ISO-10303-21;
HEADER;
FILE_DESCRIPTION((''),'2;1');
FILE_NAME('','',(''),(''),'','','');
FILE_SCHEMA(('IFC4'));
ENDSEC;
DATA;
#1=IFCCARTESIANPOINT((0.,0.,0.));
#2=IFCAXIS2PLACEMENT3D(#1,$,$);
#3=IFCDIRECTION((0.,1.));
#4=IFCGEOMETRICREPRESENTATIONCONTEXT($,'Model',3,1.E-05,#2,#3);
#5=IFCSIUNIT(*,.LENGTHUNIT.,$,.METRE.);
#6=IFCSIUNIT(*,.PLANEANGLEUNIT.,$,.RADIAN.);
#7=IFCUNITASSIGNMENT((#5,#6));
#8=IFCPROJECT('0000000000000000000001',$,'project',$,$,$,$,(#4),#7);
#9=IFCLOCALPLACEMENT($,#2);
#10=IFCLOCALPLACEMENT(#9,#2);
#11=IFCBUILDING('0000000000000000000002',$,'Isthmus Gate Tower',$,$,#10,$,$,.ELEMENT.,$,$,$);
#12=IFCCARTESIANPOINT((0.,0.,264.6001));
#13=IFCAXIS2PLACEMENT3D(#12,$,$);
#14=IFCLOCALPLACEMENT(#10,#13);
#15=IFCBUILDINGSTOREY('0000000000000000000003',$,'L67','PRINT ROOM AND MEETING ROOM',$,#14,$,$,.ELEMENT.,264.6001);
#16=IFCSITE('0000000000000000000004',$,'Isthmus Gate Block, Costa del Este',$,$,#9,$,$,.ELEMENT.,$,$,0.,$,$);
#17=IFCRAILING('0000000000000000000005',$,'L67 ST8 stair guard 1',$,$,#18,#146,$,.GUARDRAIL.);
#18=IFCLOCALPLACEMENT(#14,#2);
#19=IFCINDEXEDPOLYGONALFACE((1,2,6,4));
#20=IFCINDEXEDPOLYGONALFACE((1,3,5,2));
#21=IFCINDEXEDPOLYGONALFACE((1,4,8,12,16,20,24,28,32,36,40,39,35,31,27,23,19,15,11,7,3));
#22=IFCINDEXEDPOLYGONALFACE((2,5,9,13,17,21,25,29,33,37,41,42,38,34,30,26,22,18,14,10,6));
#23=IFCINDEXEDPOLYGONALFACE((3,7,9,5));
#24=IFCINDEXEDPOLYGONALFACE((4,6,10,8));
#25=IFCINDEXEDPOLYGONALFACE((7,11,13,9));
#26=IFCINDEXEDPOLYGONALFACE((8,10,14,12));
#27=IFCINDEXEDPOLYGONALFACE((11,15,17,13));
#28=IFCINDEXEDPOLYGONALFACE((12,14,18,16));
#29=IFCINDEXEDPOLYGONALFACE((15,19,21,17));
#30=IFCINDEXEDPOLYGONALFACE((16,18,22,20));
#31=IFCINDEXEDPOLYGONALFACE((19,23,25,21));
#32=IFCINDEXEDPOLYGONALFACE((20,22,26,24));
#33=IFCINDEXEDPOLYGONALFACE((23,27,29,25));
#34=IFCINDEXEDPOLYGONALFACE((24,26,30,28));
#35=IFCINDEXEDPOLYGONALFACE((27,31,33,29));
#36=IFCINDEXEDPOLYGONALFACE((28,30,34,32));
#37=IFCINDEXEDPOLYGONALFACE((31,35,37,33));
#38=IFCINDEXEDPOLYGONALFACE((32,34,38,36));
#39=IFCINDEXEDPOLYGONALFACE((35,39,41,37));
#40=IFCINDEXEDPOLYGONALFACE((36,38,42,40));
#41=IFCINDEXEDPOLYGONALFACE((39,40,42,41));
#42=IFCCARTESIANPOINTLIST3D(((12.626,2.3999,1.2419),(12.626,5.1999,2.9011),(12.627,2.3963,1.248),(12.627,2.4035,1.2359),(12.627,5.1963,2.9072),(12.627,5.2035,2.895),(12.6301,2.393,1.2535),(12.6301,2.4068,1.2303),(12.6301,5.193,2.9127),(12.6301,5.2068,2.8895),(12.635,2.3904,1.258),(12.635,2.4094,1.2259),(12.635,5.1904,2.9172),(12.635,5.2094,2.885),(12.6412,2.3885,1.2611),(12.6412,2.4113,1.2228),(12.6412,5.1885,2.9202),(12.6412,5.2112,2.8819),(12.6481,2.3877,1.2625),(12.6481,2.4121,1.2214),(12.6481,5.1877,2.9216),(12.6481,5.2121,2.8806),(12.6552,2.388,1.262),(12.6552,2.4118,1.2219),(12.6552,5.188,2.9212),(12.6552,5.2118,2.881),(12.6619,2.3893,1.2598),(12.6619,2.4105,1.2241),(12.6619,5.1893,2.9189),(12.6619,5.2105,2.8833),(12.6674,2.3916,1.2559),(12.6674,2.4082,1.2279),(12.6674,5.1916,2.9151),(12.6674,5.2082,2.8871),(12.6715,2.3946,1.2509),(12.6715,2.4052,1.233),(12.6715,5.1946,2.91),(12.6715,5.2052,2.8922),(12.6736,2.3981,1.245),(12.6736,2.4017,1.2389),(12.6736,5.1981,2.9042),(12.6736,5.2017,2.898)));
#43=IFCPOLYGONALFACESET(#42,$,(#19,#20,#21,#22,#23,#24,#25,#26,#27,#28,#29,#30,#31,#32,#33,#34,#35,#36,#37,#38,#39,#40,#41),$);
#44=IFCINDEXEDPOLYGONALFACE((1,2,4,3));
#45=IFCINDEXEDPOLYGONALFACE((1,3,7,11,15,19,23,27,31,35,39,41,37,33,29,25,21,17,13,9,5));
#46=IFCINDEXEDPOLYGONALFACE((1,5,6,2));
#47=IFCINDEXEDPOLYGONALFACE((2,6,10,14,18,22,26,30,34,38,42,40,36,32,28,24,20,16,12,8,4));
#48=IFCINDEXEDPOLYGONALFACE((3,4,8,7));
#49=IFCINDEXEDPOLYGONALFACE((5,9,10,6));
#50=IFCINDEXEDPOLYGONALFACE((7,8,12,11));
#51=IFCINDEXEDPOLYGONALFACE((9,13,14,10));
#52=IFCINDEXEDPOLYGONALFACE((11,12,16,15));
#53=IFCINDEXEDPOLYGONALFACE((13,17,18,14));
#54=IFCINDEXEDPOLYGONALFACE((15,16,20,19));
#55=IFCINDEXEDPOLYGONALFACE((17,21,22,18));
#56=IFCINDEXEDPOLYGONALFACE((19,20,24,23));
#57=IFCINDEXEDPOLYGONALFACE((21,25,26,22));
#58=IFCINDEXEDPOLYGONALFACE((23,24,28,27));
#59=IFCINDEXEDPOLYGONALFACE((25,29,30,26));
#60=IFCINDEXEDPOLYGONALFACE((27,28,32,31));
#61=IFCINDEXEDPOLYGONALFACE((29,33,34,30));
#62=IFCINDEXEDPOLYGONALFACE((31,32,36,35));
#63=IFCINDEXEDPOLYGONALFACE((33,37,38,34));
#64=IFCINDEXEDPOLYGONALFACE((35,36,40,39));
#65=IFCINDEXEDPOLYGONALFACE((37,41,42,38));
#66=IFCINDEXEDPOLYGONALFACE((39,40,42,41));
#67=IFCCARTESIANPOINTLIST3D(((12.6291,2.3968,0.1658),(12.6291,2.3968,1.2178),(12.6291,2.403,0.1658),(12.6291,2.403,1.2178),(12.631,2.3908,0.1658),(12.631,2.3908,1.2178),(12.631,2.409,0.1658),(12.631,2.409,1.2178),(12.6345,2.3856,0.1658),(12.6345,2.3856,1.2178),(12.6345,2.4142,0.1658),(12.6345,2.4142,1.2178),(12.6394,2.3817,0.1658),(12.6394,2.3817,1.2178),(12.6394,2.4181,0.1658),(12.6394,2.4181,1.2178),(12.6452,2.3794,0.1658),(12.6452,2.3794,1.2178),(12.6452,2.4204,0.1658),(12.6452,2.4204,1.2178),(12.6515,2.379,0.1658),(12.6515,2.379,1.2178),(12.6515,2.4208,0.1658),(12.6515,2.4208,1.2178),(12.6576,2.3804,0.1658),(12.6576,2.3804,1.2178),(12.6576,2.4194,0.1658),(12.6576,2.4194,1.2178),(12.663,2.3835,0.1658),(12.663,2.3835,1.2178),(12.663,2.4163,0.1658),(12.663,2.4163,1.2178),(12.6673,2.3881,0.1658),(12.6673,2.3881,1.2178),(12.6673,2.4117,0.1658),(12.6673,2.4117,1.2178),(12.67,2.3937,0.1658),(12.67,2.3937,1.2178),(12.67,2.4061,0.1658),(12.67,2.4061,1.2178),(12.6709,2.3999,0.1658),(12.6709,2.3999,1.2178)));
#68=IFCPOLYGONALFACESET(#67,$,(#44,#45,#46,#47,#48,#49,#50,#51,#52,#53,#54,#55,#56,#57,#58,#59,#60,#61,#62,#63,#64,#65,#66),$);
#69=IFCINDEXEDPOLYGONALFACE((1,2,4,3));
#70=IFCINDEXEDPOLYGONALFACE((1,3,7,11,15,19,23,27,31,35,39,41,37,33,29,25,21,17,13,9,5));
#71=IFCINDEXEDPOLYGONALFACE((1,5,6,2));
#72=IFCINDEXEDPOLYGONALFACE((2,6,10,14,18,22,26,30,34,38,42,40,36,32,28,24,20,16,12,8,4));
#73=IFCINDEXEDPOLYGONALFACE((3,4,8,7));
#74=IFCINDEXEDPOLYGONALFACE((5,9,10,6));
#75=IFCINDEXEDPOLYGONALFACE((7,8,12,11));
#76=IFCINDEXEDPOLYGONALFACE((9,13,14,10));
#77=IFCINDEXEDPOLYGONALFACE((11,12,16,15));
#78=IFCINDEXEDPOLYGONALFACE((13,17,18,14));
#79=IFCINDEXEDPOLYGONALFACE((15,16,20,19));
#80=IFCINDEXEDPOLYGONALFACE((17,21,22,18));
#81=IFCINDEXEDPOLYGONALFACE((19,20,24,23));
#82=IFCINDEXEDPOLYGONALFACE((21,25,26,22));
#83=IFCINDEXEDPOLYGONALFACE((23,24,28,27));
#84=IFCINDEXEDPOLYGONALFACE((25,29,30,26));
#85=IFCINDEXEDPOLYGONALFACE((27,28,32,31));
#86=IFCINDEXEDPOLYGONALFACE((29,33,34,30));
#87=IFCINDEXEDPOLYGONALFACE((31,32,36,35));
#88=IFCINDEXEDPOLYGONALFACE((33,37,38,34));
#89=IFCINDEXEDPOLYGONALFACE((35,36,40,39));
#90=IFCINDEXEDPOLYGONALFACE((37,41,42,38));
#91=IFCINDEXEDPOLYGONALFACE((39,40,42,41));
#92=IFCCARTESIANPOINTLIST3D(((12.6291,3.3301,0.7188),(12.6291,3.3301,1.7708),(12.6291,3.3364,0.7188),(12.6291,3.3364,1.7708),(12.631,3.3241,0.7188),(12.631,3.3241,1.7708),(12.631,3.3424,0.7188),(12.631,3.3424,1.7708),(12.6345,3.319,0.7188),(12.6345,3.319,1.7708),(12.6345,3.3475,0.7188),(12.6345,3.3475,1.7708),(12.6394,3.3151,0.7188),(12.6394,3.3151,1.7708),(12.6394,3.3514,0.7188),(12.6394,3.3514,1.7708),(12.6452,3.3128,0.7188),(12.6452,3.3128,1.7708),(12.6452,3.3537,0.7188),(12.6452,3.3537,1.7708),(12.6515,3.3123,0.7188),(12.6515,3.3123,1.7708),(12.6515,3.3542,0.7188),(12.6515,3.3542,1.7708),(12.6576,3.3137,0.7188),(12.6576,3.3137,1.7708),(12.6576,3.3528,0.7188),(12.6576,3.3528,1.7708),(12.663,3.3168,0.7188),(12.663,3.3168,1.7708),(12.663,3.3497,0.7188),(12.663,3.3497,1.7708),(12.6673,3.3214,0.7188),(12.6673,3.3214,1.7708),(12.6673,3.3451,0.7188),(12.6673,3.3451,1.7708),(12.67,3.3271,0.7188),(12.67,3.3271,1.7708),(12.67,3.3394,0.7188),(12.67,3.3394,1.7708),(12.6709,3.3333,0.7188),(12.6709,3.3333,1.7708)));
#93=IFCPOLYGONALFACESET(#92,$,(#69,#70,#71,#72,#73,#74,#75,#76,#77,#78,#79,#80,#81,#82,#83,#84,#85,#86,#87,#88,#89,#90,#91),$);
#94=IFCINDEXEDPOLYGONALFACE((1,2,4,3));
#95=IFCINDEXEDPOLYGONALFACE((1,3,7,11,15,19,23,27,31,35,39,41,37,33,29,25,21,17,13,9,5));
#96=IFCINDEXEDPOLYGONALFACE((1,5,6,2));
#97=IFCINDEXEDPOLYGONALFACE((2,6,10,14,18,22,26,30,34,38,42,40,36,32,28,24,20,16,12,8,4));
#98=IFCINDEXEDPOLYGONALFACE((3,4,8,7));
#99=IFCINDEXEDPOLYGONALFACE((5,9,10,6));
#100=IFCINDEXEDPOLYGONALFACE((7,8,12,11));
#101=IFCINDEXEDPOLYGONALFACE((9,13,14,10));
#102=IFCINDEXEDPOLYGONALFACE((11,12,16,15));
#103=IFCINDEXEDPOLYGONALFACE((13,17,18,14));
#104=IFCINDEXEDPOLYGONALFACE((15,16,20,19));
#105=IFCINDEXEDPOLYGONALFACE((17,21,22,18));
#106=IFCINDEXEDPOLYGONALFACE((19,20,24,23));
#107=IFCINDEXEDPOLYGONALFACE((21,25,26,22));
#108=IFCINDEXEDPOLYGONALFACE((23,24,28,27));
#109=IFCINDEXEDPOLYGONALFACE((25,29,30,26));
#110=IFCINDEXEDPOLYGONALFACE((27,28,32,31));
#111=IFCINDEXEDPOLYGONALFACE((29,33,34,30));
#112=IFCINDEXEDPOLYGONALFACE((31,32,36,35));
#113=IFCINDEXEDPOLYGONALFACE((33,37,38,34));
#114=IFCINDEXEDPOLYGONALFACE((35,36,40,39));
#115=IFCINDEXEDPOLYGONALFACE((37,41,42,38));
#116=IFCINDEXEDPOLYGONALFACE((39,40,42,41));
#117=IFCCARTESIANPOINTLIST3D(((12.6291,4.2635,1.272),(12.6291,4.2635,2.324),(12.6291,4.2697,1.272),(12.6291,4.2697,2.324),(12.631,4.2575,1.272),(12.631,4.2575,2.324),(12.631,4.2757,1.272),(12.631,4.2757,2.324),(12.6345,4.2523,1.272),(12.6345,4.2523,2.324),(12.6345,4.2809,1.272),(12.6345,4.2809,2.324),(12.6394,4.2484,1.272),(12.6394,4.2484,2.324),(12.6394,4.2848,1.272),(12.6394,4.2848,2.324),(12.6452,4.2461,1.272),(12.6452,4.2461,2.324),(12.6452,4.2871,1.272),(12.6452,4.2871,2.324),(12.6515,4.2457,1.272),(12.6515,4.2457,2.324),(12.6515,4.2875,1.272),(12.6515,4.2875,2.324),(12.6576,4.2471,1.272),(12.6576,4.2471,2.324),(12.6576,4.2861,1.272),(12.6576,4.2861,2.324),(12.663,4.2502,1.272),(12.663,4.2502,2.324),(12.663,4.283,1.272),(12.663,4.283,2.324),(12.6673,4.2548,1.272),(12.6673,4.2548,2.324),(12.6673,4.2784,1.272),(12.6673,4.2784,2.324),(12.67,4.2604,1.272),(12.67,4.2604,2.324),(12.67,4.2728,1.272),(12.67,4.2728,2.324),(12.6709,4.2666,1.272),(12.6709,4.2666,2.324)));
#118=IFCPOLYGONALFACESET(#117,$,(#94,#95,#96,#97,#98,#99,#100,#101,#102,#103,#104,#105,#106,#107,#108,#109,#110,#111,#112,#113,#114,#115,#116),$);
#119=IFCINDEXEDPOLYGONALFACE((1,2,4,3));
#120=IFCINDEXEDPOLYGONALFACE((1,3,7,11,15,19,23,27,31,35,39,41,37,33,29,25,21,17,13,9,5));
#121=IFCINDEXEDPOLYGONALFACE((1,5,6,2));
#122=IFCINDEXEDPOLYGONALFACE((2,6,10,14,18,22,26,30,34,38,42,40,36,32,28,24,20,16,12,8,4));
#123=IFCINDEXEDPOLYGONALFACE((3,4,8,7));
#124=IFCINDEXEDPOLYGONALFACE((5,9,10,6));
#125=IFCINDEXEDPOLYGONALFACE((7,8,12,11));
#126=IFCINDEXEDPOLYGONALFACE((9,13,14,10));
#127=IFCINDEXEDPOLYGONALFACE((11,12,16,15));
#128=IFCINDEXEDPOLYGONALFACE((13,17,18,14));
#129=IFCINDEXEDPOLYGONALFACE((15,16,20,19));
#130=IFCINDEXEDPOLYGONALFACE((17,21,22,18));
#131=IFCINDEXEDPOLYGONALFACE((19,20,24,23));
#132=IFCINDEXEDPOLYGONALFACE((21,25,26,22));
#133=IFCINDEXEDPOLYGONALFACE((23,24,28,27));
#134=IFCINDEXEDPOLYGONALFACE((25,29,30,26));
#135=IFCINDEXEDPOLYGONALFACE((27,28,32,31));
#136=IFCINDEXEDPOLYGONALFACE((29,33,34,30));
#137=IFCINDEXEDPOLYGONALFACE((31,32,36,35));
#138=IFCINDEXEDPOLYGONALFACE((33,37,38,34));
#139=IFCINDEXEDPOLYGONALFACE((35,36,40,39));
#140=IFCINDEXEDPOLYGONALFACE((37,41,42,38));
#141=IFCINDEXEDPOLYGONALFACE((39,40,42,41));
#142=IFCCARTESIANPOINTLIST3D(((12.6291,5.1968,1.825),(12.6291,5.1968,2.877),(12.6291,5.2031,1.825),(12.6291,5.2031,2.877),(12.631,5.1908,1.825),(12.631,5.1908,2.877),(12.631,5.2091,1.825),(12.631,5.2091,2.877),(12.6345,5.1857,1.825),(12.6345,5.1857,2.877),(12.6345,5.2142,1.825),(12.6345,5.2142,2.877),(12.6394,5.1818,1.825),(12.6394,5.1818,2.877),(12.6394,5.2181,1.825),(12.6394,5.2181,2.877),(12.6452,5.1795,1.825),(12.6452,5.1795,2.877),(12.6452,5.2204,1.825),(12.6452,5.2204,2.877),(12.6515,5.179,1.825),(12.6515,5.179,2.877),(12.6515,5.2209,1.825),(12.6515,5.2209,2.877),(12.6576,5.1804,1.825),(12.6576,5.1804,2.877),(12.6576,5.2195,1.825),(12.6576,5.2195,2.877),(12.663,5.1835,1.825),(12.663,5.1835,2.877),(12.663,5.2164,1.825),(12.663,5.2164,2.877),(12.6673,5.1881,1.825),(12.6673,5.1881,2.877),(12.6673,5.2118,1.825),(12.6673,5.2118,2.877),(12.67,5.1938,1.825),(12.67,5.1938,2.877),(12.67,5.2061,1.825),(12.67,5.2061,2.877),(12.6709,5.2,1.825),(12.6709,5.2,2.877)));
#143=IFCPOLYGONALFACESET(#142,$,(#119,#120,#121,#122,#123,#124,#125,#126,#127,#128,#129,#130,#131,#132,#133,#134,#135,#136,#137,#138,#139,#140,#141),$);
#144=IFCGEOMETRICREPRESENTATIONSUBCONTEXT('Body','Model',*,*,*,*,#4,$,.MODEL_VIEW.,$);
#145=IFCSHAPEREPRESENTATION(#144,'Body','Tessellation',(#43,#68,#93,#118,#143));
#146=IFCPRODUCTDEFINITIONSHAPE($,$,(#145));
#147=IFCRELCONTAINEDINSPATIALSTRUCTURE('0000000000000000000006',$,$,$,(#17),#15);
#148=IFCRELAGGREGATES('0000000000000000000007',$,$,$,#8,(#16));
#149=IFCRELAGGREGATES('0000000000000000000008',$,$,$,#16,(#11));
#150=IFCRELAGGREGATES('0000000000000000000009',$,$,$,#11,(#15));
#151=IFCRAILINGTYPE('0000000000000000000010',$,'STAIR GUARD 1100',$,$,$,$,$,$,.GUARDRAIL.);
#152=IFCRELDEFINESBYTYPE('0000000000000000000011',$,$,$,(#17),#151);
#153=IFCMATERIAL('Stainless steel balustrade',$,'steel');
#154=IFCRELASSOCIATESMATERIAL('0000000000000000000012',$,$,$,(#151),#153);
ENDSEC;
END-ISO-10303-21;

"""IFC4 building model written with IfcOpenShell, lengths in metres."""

from ifc_helpers import new_model, si_unit, direction, frame, origin, origin_2d, place, context, subcontext, project, spatial, circle, extrude, material, type_object, element, save


model = new_model("IFC4")

# Units and contexts
model_context = context("Model", 3, precision=1e-05, world=origin(), true_north=direction((0.0, 1.0)))
body_context = subcontext(model_context, "Body", "Model", "MODEL_VIEW")
ifc_project = project(units=[si_unit("LENGTHUNIT", "METRE"), si_unit("PLANEANGLEUNIT", "RADIAN")], contexts=[model_context])

# Site, building, storey
site_placement = place(None, origin())
site = spatial("IfcSite", under=ifc_project, at=site_placement, Name="Isthmus Gate Block, Costa del Este", CompositionType="ELEMENT", RefElevation=0.0)
building_placement = place(site_placement, origin())
building = spatial("IfcBuilding", under=site, at=building_placement, Name="Isthmus Gate Tower", CompositionType="ELEMENT")
storey_placement = place(building_placement, frame((0.0, 0.0, 264.6001)))
storey = spatial("IfcBuildingStorey", under=building, at=storey_placement, Name="L67", Description="PRINT ROOM AND MEETING ROOM", CompositionType="ELEMENT", Elevation=264.6001)

# Railing
ifc_material_1 = material(Name="Stainless steel balustrade", Category="steel")
railing_type_1 = type_object("IfcRailingType", Name="STAIR GUARD 1100", PredefinedType="GUARDRAIL", material=ifc_material_1)
railing_1_placement = place(storey_placement, frame((12.6499, 2.3999, 0.1658)))
element("IfcRailing", 1, at=railing_1_placement, inside=storey, type_object=railing_type_1, Name="L67 ST8 stair guard 1", PredefinedType="GUARDRAIL", context=body_context, shape_type="SweptSolid", body=[
    extrude(circle(Radius=0.0239, at=origin_2d()), frame((0.0, 0.0, 1.0762), z_axis=(0.0, 0.860306, 0.509778), x_axis=(-1.0, 0.0, 0.0)), (0.0, 0.0, 1.0), 3.2546),
    extrude(circle(Radius=0.021, at=origin_2d()), origin(), (0.0, 0.0, 1.0), 1.052),
    extrude(circle(Radius=0.021, at=origin_2d()), frame((0.0, 0.9333, 0.553)), (0.0, 0.0, 1.0), 1.052),
    extrude(circle(Radius=0.021, at=origin_2d()), frame((0.0, 1.8667, 1.1062)), (0.0, 0.0, 1.0), 1.052),
    extrude(circle(Radius=0.021, at=origin_2d()), frame((0.0, 2.8, 1.6592)), (0.0, 0.0, 1.0), 1.052),
])

save(model, "model.ifc")
